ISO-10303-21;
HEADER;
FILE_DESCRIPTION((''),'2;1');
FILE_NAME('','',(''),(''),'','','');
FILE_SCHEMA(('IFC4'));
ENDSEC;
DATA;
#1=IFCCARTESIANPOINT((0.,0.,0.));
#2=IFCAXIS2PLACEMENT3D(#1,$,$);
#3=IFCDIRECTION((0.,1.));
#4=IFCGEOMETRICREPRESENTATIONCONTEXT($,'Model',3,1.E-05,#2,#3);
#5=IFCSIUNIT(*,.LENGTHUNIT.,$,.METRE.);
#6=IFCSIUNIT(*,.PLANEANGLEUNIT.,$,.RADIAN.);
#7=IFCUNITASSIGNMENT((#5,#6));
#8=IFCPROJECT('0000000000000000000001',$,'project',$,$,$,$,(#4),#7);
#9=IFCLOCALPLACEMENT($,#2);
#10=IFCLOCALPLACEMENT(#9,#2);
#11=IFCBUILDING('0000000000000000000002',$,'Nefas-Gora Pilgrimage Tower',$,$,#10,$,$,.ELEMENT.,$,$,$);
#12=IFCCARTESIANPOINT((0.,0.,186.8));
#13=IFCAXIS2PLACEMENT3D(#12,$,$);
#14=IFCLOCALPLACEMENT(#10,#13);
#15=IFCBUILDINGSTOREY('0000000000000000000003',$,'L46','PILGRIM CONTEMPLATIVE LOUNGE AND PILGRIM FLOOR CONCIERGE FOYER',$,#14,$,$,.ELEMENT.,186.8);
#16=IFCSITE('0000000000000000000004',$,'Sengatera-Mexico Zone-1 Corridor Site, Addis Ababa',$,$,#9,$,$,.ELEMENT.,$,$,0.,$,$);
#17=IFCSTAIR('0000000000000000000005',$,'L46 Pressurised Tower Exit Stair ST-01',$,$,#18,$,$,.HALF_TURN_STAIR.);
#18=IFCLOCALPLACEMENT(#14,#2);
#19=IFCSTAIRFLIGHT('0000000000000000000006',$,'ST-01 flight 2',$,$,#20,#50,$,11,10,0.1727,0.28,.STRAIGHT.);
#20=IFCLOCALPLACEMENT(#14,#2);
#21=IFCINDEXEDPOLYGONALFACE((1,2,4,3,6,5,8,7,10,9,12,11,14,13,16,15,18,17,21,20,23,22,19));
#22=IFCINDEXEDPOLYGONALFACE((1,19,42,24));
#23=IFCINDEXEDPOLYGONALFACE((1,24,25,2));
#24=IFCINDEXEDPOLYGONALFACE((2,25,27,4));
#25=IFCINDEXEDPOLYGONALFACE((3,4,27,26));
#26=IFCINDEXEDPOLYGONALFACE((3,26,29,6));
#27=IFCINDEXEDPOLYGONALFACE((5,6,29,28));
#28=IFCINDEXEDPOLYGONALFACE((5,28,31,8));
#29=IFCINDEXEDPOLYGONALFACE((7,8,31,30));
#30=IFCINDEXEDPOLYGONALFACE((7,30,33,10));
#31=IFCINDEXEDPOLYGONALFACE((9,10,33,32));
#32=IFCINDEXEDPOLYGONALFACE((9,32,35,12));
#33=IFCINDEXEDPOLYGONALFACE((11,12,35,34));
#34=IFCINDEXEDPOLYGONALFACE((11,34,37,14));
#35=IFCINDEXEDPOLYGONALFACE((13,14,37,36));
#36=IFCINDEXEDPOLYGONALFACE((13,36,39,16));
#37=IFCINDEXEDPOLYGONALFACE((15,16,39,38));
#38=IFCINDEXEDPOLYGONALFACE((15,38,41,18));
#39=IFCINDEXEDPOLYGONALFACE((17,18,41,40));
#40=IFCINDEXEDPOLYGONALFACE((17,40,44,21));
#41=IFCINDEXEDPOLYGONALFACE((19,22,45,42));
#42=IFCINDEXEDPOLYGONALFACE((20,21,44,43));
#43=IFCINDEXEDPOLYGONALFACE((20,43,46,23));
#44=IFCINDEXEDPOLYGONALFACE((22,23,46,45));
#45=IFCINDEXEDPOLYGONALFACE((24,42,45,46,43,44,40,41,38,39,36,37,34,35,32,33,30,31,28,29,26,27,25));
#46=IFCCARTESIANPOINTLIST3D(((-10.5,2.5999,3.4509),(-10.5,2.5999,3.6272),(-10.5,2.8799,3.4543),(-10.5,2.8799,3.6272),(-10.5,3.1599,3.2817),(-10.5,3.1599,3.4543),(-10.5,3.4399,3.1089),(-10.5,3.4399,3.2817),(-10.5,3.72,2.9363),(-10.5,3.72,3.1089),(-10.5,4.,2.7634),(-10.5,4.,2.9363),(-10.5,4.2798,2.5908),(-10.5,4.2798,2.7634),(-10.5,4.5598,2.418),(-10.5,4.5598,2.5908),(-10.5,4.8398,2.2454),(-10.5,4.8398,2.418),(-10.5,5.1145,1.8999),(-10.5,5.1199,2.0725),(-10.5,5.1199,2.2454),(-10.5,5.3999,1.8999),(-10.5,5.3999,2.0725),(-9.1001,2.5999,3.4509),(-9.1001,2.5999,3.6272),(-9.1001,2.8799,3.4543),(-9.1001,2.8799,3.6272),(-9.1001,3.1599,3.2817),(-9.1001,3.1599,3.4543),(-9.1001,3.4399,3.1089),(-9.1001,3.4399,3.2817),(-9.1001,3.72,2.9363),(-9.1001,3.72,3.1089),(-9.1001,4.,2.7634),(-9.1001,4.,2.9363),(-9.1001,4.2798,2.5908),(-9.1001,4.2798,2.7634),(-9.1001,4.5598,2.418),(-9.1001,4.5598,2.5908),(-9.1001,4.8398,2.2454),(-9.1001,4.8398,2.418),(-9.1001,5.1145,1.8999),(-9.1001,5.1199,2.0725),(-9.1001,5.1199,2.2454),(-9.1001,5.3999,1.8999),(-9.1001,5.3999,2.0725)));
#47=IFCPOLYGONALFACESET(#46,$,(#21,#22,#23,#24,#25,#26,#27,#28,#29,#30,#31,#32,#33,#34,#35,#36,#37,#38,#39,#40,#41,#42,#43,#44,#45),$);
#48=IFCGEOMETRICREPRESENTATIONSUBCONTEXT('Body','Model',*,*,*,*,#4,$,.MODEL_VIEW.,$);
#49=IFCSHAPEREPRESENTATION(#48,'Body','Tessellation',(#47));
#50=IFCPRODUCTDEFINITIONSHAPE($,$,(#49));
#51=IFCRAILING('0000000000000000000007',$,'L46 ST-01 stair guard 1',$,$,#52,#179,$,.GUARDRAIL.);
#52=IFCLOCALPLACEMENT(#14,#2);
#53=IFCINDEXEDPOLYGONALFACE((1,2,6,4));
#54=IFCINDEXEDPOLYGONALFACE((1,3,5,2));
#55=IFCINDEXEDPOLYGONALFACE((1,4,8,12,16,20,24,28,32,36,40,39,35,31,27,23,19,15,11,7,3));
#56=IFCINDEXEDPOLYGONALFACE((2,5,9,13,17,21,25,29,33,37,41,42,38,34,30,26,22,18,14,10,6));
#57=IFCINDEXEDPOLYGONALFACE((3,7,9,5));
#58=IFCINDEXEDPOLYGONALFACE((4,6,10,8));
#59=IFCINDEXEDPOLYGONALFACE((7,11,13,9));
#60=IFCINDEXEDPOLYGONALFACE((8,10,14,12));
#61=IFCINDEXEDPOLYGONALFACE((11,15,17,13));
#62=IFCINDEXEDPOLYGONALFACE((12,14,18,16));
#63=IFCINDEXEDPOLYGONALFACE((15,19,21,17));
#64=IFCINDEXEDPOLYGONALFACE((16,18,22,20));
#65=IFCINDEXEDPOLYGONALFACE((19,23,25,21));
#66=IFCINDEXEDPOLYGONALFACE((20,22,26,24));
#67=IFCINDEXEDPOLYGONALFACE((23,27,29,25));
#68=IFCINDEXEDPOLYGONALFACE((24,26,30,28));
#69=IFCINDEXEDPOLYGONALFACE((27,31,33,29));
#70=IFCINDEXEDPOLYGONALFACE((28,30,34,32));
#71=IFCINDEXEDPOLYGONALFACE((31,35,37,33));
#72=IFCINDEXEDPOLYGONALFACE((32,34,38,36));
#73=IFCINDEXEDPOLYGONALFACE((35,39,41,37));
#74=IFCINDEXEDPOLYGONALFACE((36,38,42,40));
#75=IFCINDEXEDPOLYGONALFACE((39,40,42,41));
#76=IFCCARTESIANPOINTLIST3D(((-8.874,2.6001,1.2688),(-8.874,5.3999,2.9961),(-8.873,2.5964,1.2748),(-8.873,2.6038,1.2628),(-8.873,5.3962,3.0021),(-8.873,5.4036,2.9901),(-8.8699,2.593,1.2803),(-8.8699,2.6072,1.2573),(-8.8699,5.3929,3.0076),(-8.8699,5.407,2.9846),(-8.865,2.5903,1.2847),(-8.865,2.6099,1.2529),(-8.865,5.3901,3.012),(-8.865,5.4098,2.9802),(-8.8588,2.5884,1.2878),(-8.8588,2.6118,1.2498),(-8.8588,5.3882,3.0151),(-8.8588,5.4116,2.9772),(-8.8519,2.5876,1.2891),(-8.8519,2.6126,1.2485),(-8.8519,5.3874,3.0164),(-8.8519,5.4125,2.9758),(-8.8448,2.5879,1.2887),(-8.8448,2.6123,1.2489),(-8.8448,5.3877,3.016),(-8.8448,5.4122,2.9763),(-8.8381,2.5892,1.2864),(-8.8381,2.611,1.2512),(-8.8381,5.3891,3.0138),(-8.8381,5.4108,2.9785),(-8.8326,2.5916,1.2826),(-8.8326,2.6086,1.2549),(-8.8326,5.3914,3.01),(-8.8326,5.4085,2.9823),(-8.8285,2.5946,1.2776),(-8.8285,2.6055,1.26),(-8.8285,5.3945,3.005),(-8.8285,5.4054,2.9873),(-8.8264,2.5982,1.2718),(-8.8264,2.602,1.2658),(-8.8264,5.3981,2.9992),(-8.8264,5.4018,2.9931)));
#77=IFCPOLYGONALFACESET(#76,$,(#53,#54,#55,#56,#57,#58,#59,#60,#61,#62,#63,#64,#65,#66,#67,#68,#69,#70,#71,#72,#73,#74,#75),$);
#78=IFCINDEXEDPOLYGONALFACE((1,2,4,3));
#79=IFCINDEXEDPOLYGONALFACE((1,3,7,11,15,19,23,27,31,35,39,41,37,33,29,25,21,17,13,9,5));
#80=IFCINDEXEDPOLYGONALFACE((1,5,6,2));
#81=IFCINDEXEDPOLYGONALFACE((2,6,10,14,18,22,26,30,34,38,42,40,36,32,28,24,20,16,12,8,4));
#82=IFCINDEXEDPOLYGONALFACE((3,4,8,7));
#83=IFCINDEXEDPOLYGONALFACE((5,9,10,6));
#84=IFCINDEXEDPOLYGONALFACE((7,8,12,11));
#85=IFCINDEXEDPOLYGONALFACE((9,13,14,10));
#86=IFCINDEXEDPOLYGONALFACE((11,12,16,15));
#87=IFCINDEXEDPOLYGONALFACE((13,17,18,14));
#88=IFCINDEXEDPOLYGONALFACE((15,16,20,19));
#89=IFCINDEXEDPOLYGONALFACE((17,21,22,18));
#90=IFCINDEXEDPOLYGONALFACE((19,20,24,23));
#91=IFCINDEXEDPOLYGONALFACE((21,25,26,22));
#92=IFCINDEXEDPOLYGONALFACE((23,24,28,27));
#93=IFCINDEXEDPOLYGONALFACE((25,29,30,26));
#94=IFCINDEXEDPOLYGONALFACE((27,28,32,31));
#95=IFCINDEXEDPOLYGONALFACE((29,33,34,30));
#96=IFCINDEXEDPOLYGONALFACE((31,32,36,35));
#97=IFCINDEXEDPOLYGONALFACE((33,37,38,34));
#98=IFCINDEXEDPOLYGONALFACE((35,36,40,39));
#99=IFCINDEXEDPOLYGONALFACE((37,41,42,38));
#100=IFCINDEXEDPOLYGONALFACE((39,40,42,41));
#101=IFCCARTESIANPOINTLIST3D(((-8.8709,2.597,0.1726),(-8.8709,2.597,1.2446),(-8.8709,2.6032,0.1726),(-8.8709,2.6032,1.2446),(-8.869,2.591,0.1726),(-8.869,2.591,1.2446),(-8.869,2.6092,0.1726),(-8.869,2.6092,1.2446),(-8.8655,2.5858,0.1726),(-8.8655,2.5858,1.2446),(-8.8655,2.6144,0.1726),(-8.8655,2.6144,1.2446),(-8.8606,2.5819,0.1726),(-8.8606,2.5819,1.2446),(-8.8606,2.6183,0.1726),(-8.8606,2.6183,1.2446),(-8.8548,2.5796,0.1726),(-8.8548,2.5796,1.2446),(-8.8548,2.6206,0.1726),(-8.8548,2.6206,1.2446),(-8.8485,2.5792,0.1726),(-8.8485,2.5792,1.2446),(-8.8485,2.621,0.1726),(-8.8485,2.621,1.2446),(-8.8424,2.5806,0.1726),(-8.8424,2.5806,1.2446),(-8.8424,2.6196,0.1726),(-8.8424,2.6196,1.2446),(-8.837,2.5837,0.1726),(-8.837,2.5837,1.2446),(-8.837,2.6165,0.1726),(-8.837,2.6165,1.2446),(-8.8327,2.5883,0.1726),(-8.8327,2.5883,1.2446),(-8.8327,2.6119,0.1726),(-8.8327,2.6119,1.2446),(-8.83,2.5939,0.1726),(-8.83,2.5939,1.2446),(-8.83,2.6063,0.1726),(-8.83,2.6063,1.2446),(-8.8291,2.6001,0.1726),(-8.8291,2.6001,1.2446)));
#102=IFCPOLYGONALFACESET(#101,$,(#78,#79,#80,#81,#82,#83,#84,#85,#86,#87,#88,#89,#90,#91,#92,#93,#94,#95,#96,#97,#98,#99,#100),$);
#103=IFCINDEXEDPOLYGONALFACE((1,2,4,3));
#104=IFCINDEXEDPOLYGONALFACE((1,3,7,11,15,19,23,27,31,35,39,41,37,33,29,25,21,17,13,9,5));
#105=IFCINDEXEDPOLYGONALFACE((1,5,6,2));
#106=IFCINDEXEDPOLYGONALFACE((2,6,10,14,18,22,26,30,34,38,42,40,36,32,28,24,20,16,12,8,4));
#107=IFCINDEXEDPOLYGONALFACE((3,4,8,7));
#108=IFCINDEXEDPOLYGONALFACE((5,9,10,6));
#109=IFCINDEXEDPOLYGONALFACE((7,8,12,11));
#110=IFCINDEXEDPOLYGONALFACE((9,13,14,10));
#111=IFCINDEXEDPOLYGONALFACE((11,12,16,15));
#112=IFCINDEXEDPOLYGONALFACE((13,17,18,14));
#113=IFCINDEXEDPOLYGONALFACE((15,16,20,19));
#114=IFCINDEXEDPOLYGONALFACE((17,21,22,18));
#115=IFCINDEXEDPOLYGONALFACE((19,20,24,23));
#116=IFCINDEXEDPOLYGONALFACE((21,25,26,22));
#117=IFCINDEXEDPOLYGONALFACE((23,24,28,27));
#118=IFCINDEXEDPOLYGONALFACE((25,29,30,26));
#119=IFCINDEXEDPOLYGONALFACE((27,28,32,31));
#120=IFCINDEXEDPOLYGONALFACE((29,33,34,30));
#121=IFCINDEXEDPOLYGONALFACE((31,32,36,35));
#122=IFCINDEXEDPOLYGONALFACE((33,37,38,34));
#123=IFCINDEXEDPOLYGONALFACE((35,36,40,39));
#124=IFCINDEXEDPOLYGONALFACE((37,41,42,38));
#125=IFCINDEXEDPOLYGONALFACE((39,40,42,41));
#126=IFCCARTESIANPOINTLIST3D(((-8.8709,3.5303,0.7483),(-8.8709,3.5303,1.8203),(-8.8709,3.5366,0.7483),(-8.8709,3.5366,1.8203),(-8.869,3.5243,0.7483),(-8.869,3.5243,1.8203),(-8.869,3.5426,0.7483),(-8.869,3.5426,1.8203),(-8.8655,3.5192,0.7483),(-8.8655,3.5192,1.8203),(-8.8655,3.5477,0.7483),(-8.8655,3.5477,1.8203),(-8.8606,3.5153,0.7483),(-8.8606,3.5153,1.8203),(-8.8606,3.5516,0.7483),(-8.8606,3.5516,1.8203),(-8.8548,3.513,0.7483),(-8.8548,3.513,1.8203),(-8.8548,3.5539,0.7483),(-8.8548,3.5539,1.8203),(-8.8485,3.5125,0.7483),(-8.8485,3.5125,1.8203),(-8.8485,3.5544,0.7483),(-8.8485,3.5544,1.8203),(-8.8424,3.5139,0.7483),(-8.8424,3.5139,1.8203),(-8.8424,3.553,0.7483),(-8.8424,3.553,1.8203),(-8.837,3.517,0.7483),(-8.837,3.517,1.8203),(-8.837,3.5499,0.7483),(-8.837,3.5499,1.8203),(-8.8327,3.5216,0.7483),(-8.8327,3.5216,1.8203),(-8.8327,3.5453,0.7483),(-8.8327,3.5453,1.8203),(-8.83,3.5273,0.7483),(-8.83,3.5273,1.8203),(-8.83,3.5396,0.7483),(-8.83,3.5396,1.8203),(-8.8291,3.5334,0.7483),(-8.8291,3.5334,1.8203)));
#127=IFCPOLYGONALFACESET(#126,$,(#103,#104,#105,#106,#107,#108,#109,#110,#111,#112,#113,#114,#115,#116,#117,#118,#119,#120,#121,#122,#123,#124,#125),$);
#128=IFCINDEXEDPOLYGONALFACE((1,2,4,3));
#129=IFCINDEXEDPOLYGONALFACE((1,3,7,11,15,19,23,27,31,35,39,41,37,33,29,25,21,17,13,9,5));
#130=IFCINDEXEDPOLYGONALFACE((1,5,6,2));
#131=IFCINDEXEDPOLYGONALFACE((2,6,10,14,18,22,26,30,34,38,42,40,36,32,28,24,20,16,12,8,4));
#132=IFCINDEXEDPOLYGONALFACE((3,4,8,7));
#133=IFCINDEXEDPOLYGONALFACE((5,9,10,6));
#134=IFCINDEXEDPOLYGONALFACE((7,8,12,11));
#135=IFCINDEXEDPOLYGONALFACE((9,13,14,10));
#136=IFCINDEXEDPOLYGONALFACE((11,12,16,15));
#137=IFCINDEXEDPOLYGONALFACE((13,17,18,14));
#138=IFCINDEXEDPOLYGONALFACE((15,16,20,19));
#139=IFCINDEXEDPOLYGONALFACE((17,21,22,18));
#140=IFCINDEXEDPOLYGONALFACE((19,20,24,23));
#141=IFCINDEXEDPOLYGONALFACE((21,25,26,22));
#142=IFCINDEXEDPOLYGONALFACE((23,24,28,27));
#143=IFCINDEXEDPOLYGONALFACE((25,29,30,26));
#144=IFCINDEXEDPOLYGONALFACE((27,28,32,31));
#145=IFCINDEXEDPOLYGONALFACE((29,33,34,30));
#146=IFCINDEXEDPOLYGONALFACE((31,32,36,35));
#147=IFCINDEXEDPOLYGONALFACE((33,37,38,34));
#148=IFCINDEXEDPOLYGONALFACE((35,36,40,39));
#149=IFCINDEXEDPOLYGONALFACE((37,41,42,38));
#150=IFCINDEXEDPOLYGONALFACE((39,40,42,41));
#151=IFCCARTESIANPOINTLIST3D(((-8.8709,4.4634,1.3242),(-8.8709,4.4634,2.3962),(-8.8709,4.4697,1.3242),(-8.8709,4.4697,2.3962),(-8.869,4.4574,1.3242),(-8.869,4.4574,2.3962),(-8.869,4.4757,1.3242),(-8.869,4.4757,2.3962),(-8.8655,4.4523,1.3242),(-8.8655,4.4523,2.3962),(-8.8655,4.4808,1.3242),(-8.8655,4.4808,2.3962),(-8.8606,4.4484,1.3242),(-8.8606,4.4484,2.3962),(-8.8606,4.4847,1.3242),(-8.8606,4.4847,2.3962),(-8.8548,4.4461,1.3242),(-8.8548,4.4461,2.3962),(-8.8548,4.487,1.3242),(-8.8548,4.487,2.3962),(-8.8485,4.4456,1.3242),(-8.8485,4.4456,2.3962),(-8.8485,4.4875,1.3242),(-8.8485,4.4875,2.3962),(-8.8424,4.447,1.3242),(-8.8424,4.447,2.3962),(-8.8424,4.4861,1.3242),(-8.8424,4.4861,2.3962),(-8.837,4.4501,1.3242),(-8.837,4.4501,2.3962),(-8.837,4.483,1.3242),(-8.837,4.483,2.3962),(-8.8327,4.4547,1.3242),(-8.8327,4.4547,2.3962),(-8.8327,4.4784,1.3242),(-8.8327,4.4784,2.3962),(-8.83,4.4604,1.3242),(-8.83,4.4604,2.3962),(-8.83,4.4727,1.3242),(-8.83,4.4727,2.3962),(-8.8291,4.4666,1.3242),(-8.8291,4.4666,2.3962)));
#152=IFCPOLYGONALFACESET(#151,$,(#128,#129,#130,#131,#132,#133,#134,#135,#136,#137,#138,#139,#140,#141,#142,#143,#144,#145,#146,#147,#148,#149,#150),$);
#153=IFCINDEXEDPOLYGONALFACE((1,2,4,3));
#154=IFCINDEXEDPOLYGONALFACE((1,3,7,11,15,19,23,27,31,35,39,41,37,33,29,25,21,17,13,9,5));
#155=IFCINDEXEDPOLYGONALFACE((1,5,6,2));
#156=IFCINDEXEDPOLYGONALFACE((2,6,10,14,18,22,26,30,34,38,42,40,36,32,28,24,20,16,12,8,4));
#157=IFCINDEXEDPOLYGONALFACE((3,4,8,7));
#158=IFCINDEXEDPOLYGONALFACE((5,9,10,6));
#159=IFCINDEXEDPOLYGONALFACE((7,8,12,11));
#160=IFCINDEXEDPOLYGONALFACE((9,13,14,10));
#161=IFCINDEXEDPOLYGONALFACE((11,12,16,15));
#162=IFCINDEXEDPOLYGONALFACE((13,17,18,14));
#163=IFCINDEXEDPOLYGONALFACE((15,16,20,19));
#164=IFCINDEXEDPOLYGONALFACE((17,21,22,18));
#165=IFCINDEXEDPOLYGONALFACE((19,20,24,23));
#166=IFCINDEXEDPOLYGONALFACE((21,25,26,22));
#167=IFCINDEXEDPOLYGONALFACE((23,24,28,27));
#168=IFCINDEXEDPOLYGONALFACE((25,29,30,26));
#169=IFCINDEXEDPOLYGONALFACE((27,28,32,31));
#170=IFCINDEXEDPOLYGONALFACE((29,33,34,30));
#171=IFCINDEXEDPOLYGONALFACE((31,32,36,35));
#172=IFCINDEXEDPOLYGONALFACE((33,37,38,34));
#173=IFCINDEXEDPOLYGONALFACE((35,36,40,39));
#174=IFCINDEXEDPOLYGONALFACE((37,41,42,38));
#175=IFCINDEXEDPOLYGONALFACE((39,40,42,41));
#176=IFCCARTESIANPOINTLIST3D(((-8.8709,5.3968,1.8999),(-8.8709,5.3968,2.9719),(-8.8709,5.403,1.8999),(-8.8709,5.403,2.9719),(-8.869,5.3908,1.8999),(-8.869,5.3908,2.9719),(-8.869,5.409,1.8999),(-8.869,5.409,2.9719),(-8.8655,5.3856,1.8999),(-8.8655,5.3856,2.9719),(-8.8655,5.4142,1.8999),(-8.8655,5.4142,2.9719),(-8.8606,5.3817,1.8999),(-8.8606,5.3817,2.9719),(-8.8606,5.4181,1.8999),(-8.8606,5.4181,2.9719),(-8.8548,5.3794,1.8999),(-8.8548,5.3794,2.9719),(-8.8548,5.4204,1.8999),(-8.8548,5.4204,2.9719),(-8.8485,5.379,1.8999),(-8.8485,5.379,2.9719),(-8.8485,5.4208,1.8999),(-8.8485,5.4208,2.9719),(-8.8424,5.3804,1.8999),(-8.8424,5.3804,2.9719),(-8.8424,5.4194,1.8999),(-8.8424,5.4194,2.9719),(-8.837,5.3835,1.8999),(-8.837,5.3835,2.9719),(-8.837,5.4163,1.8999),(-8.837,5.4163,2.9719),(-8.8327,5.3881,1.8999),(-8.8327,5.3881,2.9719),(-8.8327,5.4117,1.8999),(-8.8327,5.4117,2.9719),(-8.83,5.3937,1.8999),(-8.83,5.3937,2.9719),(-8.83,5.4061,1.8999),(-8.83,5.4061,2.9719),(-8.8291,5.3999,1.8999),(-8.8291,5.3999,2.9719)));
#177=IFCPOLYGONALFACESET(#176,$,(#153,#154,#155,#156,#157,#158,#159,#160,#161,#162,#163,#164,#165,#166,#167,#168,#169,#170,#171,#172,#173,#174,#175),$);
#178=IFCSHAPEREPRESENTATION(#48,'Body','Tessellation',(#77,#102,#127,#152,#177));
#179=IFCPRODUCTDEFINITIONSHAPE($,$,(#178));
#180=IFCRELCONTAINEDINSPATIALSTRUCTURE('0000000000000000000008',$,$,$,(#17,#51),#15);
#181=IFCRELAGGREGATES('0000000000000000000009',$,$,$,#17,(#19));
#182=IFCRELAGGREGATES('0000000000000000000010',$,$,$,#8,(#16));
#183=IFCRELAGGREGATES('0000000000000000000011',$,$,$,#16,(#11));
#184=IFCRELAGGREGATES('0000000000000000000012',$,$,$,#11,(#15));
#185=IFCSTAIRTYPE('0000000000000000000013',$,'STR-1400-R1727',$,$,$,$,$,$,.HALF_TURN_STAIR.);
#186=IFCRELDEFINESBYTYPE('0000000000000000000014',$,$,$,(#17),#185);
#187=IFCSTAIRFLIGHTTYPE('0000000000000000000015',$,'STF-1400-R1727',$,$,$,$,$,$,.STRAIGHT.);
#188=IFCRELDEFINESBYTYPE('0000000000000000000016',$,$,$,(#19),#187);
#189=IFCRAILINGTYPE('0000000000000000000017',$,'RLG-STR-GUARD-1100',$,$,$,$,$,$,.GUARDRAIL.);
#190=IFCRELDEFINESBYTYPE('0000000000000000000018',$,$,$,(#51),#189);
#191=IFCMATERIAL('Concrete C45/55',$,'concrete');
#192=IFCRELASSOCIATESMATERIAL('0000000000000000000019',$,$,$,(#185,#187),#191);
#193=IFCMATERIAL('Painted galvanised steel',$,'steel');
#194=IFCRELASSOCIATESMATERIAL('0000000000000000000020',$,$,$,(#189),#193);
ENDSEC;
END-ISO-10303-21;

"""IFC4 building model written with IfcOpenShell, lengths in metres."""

from ifc_helpers import new_model, si_unit, direction, frame, origin, origin_2d, place, context, subcontext, project, spatial, polyline, circle, outline, extrude, source, transform, mapped, material, type_object, element, aggregate, save


model = new_model("IFC4")

# Units and contexts
model_context = context("Model", 3, precision=1e-05, world=origin(), true_north=direction((0.0, 1.0)))
body_context = subcontext(model_context, "Body", "Model", "MODEL_VIEW")
ifc_project = project(units=[si_unit("LENGTHUNIT", "METRE"), si_unit("PLANEANGLEUNIT", "RADIAN")], contexts=[model_context])

# Site, building, storey
site_placement = place(None, origin())
site = spatial("IfcSite", under=ifc_project, at=site_placement, Name="Sengatera-Mexico Zone-1 Corridor Site, Addis Ababa", CompositionType="ELEMENT", RefElevation=0.0)
building_placement = place(site_placement, origin())
building = spatial("IfcBuilding", under=site, at=building_placement, Name="Nefas-Gora Pilgrimage Tower", CompositionType="ELEMENT")
storey_placement = place(building_placement, frame((0.0, 0.0, 186.8)))
storey = spatial("IfcBuildingStorey", under=building, at=storey_placement, Name="L46", Description="PILGRIM CONTEMPLATIVE LOUNGE AND PILGRIM FLOOR CONCIERGE FOYER", CompositionType="ELEMENT", Elevation=186.8)

# Shared definitions
ifc_material_1 = material(Name="Concrete C45/55", Category="concrete")

# Stair, stair flight
stair_type = type_object("IfcStairType", Name="STR-1400-R1727", PredefinedType="HALF_TURN_STAIR", material=ifc_material_1)
stair_placement = place(storey_placement, origin())
stair = element("IfcStair", 1, at=stair_placement, inside=storey, type_object=stair_type, Name="L46 Pressurised Tower Exit Stair ST-01", PredefinedType="HALF_TURN_STAIR")
stair_flight_type = type_object("IfcStairFlightType", Name="STF-1400-R1727", PredefinedType="STRAIGHT", material=ifc_material_1)
shared_shape_1 = source(origin(), body_context, "Body", "SweptSolid", [
    extrude(outline(polyline([(0.0, 0.0), (0.0, 0.1726), (0.28, 0.1726), (0.28, 0.3455), (0.5601, 0.3455), (0.5601, 0.5181), (0.8401, 0.5181), (0.8401, 0.6909), (1.1201, 0.6909), (1.1201, 0.8635), (1.3999, 0.8635), (1.3999, 1.0364), (1.6799, 1.0364), (1.6799, 1.209), (1.96, 1.209), (1.96, 1.3818), (2.24, 1.3818), (2.24, 1.5544), (2.52, 1.5544), (2.52, 1.7273), (2.8, 1.7273), (2.8, 1.8999), (2.8, 1.551), (0.2854, 0.0), (0.0, 0.0)])), frame((0.0, 0.7, 0.0), z_axis=(0.0, -1.0, 0.0), x_axis=(1.0, 0.0, 0.0)), (0.0, 0.0, 1.0), 1.3999),
])
stair_flight_1_placement = place(storey_placement, frame((-9.8, 5.3999, 1.8999), z_axis=(0.0, 0.0, 1.0), x_axis=(0.0, -1.0, 0.0)))
stair_flight_1 = element("IfcStairFlight", 2, at=stair_flight_1_placement, type_object=stair_flight_type, Name="ST-01 flight 2", NumberOfRisers=11, NumberOfTreads=10, PredefinedType="STRAIGHT", RiserHeight=0.1727, TreadLength=0.28, context=body_context, shape_type="MappedRepresentation", body=[
    mapped(shared_shape_1, transform((0.0, 0.0, 0.0), x_axis=(1.0, 0.0, 0.0), y_axis=(0.0, 1.0, 0.0), z_axis=(0.0, 0.0, 1.0), scale=1.0)),
])
aggregate(stair, [stair_flight_1])

# Railing
ifc_material_2 = material(Name="Painted galvanised steel", Category="steel")
railing_type_1 = type_object("IfcRailingType", Name="RLG-STR-GUARD-1100", PredefinedType="GUARDRAIL", material=ifc_material_2)
railing_1_placement = place(storey_placement, frame((-8.8501, 2.6001, 0.1726)))
element("IfcRailing", 3, at=railing_1_placement, inside=storey, type_object=railing_type_1, Name="L46 ST-01 stair guard 1", PredefinedType="GUARDRAIL", context=body_context, shape_type="SweptSolid", body=[
    extrude(circle(Radius=0.0239, at=origin_2d()), frame((0.0, 0.0, 1.0962), z_axis=(0.0, 0.851069, 0.525054), x_axis=(-1.0, 0.0, 0.0)), (0.0, 0.0, 1.0), 3.2898),
    extrude(circle(Radius=0.021, at=origin_2d()), origin(), (0.0, 0.0, 1.0), 1.072),
    extrude(circle(Radius=0.021, at=origin_2d()), frame((0.0, 0.9333, 0.5757)), (0.0, 0.0, 1.0), 1.072),
    extrude(circle(Radius=0.021, at=origin_2d()), frame((0.0, 1.8665, 1.1516)), (0.0, 0.0, 1.0), 1.072),
    extrude(circle(Radius=0.021, at=origin_2d()), frame((0.0, 2.7998, 1.7273)), (0.0, 0.0, 1.0), 1.072),
])

save(model, "model.ifc")
